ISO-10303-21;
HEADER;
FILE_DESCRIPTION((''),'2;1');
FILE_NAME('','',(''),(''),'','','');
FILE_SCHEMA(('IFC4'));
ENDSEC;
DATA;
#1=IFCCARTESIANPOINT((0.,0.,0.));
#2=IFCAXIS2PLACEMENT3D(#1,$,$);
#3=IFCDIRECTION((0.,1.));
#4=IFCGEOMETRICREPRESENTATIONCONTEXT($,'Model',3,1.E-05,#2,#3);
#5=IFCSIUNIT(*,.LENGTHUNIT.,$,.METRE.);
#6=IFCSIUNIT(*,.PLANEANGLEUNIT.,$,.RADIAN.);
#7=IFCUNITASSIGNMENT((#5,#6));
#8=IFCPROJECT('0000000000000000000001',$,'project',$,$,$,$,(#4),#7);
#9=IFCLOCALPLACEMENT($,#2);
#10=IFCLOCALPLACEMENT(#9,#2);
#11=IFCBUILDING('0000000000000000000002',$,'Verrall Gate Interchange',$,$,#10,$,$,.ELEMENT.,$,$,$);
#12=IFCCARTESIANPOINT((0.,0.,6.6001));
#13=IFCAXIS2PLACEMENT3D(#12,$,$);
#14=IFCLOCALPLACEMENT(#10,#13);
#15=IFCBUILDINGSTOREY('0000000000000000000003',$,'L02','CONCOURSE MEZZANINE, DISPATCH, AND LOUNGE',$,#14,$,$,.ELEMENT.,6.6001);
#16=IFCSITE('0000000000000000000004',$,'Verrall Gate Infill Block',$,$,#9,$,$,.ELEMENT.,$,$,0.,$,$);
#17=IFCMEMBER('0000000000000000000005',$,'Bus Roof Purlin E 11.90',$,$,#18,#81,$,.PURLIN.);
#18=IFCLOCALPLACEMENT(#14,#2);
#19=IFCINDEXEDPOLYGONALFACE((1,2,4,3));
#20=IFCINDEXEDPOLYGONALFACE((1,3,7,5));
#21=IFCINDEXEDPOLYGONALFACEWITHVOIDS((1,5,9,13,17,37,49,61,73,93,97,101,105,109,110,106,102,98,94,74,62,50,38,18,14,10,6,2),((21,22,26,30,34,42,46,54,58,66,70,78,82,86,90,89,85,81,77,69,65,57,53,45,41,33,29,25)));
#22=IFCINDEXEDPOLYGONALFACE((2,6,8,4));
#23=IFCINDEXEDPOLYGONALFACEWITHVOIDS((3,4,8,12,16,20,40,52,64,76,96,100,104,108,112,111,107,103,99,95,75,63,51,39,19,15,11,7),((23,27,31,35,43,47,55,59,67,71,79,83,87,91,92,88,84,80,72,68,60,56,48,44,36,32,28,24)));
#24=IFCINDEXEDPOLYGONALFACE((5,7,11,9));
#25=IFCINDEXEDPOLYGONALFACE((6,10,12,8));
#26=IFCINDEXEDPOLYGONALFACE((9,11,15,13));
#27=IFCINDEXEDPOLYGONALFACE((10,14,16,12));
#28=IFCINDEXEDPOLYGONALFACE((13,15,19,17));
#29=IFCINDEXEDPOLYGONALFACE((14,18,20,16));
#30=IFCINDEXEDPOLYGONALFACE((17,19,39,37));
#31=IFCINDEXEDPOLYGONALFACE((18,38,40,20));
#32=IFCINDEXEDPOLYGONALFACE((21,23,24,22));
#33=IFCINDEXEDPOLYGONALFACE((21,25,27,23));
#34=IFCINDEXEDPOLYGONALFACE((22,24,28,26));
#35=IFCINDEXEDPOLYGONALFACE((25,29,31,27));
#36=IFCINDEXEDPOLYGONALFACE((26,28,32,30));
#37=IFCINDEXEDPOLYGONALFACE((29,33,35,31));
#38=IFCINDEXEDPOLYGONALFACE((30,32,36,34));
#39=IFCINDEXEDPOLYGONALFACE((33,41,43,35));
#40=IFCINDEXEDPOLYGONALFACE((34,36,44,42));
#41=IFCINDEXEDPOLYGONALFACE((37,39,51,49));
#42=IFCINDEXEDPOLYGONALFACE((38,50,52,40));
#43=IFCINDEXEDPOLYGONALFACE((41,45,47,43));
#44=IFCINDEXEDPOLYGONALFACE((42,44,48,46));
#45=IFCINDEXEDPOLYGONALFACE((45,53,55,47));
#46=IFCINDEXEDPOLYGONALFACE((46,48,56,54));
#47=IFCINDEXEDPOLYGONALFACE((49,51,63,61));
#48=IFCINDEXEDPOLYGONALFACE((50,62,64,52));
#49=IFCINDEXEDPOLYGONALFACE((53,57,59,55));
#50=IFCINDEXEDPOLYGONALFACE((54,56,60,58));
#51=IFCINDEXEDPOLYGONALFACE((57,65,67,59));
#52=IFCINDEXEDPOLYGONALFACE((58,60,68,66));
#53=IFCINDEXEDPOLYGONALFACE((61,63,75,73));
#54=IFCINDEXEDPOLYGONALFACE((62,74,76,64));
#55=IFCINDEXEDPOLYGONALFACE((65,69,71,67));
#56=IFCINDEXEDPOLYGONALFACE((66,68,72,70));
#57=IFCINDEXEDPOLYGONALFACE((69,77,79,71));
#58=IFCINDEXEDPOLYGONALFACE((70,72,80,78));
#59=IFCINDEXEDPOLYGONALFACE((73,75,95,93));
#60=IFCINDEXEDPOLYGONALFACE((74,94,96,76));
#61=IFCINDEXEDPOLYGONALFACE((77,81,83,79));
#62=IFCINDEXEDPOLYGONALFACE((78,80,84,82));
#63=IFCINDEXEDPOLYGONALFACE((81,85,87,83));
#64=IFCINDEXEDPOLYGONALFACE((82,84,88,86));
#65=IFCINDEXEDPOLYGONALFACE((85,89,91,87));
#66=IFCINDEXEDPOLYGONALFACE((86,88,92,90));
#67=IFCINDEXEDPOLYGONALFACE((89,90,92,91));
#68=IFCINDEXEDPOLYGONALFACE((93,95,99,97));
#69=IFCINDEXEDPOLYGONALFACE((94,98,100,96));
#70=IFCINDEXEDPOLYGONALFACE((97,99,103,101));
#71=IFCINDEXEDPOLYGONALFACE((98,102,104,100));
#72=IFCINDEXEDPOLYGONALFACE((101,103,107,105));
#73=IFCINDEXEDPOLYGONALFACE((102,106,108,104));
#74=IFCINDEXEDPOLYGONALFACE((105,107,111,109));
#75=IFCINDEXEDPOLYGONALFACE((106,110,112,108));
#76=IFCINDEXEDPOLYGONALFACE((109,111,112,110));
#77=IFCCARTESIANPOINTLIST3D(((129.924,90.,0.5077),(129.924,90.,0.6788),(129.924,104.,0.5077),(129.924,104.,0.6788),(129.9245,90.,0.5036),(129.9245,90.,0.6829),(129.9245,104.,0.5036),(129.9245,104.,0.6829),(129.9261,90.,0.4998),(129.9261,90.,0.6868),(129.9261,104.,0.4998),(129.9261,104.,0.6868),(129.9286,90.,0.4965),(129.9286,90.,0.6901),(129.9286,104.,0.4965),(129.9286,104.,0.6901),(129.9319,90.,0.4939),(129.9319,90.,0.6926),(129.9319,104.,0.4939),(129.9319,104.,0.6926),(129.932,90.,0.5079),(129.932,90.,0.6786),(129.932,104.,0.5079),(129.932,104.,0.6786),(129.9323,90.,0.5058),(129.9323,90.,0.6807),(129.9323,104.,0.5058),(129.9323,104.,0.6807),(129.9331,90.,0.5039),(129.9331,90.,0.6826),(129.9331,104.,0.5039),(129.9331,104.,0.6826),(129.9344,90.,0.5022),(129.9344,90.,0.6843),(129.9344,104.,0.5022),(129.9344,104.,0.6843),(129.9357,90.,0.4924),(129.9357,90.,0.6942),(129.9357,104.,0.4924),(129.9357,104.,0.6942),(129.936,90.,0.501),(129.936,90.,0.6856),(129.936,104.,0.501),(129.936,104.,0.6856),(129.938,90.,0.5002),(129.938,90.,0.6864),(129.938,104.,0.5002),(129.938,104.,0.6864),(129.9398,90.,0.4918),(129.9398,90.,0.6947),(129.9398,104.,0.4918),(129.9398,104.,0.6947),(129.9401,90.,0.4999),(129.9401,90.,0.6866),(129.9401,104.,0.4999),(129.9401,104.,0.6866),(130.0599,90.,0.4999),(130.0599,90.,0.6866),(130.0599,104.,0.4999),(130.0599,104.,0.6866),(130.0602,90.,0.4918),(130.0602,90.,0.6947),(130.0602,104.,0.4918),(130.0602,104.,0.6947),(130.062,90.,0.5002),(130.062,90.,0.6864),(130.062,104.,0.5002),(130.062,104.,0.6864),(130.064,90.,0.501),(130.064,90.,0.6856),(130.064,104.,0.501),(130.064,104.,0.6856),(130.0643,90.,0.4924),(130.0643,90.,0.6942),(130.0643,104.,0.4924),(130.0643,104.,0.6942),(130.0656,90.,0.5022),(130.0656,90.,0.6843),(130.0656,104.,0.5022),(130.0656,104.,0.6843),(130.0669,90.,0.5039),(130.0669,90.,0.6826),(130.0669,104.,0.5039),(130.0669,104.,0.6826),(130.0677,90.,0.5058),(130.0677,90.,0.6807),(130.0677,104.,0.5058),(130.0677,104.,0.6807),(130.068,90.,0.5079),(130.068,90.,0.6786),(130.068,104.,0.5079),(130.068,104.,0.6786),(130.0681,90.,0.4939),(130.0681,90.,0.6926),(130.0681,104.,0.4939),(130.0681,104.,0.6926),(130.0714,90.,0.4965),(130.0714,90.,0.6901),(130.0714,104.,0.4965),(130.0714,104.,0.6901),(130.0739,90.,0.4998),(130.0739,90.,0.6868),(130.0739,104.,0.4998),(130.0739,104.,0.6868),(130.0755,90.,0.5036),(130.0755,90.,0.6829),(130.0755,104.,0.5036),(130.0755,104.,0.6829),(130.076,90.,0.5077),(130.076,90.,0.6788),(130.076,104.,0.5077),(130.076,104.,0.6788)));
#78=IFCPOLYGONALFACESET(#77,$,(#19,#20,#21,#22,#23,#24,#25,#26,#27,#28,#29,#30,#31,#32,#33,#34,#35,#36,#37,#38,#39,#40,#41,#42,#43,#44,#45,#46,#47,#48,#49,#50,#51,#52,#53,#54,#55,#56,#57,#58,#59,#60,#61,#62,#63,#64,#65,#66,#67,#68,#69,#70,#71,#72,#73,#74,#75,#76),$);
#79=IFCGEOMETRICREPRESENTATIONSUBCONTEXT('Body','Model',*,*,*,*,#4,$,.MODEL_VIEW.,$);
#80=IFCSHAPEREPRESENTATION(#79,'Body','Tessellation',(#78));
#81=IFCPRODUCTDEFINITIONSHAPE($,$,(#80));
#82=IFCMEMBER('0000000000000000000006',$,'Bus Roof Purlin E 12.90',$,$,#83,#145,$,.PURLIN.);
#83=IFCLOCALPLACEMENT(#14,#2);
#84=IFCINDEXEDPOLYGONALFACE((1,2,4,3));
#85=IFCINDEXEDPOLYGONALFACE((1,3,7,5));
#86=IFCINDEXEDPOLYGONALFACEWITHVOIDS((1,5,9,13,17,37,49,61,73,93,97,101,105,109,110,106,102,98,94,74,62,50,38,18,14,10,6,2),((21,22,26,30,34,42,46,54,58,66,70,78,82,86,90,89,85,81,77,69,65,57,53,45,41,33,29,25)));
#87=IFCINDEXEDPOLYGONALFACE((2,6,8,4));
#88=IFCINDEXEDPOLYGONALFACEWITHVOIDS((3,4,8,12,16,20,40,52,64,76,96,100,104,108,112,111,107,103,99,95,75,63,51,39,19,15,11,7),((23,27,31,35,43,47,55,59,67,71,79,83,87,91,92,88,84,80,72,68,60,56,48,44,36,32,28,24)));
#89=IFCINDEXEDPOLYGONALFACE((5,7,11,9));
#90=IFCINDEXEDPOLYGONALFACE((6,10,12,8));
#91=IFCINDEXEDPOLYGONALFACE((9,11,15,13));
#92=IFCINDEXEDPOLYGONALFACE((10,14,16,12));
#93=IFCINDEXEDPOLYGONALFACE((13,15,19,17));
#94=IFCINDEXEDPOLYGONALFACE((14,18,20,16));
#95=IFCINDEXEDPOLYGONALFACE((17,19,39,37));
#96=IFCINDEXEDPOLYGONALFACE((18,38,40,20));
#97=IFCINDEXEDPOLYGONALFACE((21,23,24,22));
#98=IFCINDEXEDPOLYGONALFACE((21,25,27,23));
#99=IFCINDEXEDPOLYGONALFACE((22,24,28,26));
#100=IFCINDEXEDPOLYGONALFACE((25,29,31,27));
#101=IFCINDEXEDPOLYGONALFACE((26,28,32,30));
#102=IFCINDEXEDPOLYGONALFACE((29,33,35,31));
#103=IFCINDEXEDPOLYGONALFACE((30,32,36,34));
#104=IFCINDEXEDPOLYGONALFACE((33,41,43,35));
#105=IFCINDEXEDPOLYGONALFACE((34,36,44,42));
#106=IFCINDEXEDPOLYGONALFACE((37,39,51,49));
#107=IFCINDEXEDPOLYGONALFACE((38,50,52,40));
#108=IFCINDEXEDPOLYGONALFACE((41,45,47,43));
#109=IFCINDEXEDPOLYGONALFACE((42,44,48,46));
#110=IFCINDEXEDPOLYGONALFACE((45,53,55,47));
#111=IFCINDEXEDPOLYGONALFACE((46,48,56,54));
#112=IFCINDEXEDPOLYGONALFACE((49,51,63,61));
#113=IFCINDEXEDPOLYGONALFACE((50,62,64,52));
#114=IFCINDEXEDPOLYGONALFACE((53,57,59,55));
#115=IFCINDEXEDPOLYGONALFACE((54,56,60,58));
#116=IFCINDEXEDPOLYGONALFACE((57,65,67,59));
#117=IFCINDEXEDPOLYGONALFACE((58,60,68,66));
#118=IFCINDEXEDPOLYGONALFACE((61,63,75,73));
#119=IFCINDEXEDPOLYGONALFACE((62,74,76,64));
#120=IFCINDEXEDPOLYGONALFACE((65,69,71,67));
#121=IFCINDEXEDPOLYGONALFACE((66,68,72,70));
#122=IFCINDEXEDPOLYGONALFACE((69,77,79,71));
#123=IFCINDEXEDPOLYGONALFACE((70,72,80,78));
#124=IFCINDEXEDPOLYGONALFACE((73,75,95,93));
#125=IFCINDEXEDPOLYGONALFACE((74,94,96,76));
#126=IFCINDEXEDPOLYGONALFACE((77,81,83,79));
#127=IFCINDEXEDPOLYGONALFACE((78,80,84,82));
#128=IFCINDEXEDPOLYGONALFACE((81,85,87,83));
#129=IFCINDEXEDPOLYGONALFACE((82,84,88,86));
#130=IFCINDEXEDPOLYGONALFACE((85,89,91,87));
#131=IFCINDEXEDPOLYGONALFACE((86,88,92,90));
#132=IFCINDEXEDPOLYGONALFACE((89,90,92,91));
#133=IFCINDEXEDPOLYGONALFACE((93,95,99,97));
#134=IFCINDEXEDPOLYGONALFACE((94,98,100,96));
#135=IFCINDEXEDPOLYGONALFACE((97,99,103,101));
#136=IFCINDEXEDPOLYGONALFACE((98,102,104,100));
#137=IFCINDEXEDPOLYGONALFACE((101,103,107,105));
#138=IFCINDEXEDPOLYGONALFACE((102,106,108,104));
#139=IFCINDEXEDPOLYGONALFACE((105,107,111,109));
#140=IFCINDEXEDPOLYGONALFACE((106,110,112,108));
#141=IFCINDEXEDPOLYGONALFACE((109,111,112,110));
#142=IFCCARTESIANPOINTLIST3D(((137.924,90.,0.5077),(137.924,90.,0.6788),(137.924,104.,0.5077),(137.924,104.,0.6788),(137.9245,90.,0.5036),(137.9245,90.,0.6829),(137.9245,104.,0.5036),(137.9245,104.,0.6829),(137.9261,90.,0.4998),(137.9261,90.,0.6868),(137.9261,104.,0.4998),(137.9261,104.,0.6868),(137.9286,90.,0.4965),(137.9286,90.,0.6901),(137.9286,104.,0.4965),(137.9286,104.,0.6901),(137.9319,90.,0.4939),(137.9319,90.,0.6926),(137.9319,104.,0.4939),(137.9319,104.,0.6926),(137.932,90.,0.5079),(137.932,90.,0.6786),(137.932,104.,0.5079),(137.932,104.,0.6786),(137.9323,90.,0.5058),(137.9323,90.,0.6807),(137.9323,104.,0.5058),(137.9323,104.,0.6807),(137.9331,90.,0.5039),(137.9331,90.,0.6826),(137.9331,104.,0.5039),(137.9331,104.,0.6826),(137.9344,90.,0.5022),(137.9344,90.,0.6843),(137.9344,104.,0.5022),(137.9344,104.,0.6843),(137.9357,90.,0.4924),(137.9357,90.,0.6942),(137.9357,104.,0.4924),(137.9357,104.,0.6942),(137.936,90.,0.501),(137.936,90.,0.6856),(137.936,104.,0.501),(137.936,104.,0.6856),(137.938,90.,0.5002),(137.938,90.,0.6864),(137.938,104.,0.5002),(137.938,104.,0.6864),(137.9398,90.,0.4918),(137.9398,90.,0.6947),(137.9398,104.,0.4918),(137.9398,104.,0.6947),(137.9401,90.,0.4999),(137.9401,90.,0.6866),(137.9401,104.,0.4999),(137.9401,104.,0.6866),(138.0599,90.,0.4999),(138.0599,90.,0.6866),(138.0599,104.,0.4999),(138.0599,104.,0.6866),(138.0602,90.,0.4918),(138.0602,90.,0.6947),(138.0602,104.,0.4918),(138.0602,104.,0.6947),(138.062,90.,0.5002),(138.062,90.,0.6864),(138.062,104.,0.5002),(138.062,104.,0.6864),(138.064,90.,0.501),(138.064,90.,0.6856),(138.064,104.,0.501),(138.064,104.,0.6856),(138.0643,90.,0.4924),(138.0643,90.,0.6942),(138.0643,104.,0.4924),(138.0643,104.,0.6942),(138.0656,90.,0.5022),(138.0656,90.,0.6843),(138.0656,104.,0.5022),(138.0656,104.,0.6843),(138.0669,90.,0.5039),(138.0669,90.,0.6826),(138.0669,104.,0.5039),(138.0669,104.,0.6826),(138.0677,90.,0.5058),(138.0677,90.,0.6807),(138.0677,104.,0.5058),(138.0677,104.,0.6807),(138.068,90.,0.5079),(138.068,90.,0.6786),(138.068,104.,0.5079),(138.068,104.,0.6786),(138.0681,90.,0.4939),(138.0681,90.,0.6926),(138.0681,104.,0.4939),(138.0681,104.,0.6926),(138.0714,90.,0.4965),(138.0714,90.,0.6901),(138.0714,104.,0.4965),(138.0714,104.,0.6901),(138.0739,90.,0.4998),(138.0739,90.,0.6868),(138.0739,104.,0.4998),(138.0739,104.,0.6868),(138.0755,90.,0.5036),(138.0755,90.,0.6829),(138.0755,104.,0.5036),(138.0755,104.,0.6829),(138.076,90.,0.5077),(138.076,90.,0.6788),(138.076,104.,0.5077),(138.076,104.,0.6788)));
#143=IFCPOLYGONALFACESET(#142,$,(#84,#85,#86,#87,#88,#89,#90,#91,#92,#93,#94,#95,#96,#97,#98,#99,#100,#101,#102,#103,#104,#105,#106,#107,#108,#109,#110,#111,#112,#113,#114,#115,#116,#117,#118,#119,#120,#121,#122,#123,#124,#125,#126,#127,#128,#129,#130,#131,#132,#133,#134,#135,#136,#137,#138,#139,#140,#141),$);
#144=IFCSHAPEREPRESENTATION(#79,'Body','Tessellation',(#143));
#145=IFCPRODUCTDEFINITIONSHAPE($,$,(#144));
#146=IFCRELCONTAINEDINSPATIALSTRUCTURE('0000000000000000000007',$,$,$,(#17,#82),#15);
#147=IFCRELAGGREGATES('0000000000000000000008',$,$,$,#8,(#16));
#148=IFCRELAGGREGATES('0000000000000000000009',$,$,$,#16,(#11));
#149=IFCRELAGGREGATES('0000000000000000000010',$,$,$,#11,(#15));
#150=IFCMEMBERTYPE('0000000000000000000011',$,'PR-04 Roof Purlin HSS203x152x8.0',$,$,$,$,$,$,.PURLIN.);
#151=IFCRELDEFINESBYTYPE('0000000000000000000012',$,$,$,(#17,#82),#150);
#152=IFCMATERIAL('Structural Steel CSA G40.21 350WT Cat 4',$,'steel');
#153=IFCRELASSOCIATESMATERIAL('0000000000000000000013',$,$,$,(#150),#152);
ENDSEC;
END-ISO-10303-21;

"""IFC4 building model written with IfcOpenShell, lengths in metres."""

from ifc_helpers import new_model, si_unit, direction, frame, origin, origin_2d, place, context, subcontext, project, spatial, hollow_rectangle, extrude, material, material_profile, profile_set, type_object, element, save


model = new_model("IFC4")

# Units and contexts
model_context = context("Model", 3, precision=1e-05, world=origin(), true_north=direction((0.0, 1.0)))
body_context = subcontext(model_context, "Body", "Model", "MODEL_VIEW")
ifc_project = project(units=[si_unit("LENGTHUNIT", "METRE"), si_unit("PLANEANGLEUNIT", "RADIAN")], contexts=[model_context])

# Site, building, storey
site_placement = place(None, origin())
site = spatial("IfcSite", under=ifc_project, at=site_placement, Name="Verrall Gate Infill Block", CompositionType="ELEMENT", RefElevation=0.0)
building_placement = place(site_placement, origin())
building = spatial("IfcBuilding", under=site, at=building_placement, Name="Verrall Gate Interchange", CompositionType="ELEMENT")
storey_placement = place(building_placement, frame((0.0, 0.0, 6.6001)))
storey = spatial("IfcBuildingStorey", under=building, at=storey_placement, Name="L02", Description="CONCOURSE MEZZANINE, DISPATCH, AND LOUNGE", CompositionType="ELEMENT", Elevation=6.6001)

# Members
ifc_material_1 = material(Name="Structural Steel CSA G40.21 350WT Cat 4", Category="steel")
ifc_material_profile_1 = material_profile(ifc_material_1, hollow_rectangle(XDim=0.1521, YDim=0.2029, WallThickness=0.0081, InnerFilletRadius=0.0081, OuterFilletRadius=0.0159, at=origin_2d()), Name="HSS203x152x8.0")
ifc_profile_set_1 = profile_set([ifc_material_profile_1], Name="Structural Steel CSA G40.21 350WT Cat 4")
member_type_1 = type_object("IfcMemberType", Name="PR-04 Roof Purlin HSS203x152x8.0", PredefinedType="PURLIN", material=ifc_profile_set_1)
for number, where, z_axis, x_axis, name in (
    (1, (130.0, 90.0, 0.5933), (0.0, 1.0, 0.0), (-1.0, 0.0, 0.0), "Bus Roof Purlin E 11.90"),
    (2, (138.0, 90.0, 0.5933), (0.0, 1.0, 0.0), (-1.0, 0.0, 0.0), "Bus Roof Purlin E 12.90"),
):
    element("IfcMember", number, at=place(storey_placement, frame(where, z_axis=z_axis, x_axis=x_axis)), inside=storey, type_object=member_type_1, Name=name, PredefinedType="PURLIN", context=body_context, shape_type="SweptSolid", body=[
        extrude(hollow_rectangle(XDim=0.1521, YDim=0.2029, WallThickness=0.0081, InnerFilletRadius=0.0081, OuterFilletRadius=0.0159, at=origin_2d()), origin(), (0.0, 0.0, 1.0), 14.0),
    ])

save(model, "model.ifc")
